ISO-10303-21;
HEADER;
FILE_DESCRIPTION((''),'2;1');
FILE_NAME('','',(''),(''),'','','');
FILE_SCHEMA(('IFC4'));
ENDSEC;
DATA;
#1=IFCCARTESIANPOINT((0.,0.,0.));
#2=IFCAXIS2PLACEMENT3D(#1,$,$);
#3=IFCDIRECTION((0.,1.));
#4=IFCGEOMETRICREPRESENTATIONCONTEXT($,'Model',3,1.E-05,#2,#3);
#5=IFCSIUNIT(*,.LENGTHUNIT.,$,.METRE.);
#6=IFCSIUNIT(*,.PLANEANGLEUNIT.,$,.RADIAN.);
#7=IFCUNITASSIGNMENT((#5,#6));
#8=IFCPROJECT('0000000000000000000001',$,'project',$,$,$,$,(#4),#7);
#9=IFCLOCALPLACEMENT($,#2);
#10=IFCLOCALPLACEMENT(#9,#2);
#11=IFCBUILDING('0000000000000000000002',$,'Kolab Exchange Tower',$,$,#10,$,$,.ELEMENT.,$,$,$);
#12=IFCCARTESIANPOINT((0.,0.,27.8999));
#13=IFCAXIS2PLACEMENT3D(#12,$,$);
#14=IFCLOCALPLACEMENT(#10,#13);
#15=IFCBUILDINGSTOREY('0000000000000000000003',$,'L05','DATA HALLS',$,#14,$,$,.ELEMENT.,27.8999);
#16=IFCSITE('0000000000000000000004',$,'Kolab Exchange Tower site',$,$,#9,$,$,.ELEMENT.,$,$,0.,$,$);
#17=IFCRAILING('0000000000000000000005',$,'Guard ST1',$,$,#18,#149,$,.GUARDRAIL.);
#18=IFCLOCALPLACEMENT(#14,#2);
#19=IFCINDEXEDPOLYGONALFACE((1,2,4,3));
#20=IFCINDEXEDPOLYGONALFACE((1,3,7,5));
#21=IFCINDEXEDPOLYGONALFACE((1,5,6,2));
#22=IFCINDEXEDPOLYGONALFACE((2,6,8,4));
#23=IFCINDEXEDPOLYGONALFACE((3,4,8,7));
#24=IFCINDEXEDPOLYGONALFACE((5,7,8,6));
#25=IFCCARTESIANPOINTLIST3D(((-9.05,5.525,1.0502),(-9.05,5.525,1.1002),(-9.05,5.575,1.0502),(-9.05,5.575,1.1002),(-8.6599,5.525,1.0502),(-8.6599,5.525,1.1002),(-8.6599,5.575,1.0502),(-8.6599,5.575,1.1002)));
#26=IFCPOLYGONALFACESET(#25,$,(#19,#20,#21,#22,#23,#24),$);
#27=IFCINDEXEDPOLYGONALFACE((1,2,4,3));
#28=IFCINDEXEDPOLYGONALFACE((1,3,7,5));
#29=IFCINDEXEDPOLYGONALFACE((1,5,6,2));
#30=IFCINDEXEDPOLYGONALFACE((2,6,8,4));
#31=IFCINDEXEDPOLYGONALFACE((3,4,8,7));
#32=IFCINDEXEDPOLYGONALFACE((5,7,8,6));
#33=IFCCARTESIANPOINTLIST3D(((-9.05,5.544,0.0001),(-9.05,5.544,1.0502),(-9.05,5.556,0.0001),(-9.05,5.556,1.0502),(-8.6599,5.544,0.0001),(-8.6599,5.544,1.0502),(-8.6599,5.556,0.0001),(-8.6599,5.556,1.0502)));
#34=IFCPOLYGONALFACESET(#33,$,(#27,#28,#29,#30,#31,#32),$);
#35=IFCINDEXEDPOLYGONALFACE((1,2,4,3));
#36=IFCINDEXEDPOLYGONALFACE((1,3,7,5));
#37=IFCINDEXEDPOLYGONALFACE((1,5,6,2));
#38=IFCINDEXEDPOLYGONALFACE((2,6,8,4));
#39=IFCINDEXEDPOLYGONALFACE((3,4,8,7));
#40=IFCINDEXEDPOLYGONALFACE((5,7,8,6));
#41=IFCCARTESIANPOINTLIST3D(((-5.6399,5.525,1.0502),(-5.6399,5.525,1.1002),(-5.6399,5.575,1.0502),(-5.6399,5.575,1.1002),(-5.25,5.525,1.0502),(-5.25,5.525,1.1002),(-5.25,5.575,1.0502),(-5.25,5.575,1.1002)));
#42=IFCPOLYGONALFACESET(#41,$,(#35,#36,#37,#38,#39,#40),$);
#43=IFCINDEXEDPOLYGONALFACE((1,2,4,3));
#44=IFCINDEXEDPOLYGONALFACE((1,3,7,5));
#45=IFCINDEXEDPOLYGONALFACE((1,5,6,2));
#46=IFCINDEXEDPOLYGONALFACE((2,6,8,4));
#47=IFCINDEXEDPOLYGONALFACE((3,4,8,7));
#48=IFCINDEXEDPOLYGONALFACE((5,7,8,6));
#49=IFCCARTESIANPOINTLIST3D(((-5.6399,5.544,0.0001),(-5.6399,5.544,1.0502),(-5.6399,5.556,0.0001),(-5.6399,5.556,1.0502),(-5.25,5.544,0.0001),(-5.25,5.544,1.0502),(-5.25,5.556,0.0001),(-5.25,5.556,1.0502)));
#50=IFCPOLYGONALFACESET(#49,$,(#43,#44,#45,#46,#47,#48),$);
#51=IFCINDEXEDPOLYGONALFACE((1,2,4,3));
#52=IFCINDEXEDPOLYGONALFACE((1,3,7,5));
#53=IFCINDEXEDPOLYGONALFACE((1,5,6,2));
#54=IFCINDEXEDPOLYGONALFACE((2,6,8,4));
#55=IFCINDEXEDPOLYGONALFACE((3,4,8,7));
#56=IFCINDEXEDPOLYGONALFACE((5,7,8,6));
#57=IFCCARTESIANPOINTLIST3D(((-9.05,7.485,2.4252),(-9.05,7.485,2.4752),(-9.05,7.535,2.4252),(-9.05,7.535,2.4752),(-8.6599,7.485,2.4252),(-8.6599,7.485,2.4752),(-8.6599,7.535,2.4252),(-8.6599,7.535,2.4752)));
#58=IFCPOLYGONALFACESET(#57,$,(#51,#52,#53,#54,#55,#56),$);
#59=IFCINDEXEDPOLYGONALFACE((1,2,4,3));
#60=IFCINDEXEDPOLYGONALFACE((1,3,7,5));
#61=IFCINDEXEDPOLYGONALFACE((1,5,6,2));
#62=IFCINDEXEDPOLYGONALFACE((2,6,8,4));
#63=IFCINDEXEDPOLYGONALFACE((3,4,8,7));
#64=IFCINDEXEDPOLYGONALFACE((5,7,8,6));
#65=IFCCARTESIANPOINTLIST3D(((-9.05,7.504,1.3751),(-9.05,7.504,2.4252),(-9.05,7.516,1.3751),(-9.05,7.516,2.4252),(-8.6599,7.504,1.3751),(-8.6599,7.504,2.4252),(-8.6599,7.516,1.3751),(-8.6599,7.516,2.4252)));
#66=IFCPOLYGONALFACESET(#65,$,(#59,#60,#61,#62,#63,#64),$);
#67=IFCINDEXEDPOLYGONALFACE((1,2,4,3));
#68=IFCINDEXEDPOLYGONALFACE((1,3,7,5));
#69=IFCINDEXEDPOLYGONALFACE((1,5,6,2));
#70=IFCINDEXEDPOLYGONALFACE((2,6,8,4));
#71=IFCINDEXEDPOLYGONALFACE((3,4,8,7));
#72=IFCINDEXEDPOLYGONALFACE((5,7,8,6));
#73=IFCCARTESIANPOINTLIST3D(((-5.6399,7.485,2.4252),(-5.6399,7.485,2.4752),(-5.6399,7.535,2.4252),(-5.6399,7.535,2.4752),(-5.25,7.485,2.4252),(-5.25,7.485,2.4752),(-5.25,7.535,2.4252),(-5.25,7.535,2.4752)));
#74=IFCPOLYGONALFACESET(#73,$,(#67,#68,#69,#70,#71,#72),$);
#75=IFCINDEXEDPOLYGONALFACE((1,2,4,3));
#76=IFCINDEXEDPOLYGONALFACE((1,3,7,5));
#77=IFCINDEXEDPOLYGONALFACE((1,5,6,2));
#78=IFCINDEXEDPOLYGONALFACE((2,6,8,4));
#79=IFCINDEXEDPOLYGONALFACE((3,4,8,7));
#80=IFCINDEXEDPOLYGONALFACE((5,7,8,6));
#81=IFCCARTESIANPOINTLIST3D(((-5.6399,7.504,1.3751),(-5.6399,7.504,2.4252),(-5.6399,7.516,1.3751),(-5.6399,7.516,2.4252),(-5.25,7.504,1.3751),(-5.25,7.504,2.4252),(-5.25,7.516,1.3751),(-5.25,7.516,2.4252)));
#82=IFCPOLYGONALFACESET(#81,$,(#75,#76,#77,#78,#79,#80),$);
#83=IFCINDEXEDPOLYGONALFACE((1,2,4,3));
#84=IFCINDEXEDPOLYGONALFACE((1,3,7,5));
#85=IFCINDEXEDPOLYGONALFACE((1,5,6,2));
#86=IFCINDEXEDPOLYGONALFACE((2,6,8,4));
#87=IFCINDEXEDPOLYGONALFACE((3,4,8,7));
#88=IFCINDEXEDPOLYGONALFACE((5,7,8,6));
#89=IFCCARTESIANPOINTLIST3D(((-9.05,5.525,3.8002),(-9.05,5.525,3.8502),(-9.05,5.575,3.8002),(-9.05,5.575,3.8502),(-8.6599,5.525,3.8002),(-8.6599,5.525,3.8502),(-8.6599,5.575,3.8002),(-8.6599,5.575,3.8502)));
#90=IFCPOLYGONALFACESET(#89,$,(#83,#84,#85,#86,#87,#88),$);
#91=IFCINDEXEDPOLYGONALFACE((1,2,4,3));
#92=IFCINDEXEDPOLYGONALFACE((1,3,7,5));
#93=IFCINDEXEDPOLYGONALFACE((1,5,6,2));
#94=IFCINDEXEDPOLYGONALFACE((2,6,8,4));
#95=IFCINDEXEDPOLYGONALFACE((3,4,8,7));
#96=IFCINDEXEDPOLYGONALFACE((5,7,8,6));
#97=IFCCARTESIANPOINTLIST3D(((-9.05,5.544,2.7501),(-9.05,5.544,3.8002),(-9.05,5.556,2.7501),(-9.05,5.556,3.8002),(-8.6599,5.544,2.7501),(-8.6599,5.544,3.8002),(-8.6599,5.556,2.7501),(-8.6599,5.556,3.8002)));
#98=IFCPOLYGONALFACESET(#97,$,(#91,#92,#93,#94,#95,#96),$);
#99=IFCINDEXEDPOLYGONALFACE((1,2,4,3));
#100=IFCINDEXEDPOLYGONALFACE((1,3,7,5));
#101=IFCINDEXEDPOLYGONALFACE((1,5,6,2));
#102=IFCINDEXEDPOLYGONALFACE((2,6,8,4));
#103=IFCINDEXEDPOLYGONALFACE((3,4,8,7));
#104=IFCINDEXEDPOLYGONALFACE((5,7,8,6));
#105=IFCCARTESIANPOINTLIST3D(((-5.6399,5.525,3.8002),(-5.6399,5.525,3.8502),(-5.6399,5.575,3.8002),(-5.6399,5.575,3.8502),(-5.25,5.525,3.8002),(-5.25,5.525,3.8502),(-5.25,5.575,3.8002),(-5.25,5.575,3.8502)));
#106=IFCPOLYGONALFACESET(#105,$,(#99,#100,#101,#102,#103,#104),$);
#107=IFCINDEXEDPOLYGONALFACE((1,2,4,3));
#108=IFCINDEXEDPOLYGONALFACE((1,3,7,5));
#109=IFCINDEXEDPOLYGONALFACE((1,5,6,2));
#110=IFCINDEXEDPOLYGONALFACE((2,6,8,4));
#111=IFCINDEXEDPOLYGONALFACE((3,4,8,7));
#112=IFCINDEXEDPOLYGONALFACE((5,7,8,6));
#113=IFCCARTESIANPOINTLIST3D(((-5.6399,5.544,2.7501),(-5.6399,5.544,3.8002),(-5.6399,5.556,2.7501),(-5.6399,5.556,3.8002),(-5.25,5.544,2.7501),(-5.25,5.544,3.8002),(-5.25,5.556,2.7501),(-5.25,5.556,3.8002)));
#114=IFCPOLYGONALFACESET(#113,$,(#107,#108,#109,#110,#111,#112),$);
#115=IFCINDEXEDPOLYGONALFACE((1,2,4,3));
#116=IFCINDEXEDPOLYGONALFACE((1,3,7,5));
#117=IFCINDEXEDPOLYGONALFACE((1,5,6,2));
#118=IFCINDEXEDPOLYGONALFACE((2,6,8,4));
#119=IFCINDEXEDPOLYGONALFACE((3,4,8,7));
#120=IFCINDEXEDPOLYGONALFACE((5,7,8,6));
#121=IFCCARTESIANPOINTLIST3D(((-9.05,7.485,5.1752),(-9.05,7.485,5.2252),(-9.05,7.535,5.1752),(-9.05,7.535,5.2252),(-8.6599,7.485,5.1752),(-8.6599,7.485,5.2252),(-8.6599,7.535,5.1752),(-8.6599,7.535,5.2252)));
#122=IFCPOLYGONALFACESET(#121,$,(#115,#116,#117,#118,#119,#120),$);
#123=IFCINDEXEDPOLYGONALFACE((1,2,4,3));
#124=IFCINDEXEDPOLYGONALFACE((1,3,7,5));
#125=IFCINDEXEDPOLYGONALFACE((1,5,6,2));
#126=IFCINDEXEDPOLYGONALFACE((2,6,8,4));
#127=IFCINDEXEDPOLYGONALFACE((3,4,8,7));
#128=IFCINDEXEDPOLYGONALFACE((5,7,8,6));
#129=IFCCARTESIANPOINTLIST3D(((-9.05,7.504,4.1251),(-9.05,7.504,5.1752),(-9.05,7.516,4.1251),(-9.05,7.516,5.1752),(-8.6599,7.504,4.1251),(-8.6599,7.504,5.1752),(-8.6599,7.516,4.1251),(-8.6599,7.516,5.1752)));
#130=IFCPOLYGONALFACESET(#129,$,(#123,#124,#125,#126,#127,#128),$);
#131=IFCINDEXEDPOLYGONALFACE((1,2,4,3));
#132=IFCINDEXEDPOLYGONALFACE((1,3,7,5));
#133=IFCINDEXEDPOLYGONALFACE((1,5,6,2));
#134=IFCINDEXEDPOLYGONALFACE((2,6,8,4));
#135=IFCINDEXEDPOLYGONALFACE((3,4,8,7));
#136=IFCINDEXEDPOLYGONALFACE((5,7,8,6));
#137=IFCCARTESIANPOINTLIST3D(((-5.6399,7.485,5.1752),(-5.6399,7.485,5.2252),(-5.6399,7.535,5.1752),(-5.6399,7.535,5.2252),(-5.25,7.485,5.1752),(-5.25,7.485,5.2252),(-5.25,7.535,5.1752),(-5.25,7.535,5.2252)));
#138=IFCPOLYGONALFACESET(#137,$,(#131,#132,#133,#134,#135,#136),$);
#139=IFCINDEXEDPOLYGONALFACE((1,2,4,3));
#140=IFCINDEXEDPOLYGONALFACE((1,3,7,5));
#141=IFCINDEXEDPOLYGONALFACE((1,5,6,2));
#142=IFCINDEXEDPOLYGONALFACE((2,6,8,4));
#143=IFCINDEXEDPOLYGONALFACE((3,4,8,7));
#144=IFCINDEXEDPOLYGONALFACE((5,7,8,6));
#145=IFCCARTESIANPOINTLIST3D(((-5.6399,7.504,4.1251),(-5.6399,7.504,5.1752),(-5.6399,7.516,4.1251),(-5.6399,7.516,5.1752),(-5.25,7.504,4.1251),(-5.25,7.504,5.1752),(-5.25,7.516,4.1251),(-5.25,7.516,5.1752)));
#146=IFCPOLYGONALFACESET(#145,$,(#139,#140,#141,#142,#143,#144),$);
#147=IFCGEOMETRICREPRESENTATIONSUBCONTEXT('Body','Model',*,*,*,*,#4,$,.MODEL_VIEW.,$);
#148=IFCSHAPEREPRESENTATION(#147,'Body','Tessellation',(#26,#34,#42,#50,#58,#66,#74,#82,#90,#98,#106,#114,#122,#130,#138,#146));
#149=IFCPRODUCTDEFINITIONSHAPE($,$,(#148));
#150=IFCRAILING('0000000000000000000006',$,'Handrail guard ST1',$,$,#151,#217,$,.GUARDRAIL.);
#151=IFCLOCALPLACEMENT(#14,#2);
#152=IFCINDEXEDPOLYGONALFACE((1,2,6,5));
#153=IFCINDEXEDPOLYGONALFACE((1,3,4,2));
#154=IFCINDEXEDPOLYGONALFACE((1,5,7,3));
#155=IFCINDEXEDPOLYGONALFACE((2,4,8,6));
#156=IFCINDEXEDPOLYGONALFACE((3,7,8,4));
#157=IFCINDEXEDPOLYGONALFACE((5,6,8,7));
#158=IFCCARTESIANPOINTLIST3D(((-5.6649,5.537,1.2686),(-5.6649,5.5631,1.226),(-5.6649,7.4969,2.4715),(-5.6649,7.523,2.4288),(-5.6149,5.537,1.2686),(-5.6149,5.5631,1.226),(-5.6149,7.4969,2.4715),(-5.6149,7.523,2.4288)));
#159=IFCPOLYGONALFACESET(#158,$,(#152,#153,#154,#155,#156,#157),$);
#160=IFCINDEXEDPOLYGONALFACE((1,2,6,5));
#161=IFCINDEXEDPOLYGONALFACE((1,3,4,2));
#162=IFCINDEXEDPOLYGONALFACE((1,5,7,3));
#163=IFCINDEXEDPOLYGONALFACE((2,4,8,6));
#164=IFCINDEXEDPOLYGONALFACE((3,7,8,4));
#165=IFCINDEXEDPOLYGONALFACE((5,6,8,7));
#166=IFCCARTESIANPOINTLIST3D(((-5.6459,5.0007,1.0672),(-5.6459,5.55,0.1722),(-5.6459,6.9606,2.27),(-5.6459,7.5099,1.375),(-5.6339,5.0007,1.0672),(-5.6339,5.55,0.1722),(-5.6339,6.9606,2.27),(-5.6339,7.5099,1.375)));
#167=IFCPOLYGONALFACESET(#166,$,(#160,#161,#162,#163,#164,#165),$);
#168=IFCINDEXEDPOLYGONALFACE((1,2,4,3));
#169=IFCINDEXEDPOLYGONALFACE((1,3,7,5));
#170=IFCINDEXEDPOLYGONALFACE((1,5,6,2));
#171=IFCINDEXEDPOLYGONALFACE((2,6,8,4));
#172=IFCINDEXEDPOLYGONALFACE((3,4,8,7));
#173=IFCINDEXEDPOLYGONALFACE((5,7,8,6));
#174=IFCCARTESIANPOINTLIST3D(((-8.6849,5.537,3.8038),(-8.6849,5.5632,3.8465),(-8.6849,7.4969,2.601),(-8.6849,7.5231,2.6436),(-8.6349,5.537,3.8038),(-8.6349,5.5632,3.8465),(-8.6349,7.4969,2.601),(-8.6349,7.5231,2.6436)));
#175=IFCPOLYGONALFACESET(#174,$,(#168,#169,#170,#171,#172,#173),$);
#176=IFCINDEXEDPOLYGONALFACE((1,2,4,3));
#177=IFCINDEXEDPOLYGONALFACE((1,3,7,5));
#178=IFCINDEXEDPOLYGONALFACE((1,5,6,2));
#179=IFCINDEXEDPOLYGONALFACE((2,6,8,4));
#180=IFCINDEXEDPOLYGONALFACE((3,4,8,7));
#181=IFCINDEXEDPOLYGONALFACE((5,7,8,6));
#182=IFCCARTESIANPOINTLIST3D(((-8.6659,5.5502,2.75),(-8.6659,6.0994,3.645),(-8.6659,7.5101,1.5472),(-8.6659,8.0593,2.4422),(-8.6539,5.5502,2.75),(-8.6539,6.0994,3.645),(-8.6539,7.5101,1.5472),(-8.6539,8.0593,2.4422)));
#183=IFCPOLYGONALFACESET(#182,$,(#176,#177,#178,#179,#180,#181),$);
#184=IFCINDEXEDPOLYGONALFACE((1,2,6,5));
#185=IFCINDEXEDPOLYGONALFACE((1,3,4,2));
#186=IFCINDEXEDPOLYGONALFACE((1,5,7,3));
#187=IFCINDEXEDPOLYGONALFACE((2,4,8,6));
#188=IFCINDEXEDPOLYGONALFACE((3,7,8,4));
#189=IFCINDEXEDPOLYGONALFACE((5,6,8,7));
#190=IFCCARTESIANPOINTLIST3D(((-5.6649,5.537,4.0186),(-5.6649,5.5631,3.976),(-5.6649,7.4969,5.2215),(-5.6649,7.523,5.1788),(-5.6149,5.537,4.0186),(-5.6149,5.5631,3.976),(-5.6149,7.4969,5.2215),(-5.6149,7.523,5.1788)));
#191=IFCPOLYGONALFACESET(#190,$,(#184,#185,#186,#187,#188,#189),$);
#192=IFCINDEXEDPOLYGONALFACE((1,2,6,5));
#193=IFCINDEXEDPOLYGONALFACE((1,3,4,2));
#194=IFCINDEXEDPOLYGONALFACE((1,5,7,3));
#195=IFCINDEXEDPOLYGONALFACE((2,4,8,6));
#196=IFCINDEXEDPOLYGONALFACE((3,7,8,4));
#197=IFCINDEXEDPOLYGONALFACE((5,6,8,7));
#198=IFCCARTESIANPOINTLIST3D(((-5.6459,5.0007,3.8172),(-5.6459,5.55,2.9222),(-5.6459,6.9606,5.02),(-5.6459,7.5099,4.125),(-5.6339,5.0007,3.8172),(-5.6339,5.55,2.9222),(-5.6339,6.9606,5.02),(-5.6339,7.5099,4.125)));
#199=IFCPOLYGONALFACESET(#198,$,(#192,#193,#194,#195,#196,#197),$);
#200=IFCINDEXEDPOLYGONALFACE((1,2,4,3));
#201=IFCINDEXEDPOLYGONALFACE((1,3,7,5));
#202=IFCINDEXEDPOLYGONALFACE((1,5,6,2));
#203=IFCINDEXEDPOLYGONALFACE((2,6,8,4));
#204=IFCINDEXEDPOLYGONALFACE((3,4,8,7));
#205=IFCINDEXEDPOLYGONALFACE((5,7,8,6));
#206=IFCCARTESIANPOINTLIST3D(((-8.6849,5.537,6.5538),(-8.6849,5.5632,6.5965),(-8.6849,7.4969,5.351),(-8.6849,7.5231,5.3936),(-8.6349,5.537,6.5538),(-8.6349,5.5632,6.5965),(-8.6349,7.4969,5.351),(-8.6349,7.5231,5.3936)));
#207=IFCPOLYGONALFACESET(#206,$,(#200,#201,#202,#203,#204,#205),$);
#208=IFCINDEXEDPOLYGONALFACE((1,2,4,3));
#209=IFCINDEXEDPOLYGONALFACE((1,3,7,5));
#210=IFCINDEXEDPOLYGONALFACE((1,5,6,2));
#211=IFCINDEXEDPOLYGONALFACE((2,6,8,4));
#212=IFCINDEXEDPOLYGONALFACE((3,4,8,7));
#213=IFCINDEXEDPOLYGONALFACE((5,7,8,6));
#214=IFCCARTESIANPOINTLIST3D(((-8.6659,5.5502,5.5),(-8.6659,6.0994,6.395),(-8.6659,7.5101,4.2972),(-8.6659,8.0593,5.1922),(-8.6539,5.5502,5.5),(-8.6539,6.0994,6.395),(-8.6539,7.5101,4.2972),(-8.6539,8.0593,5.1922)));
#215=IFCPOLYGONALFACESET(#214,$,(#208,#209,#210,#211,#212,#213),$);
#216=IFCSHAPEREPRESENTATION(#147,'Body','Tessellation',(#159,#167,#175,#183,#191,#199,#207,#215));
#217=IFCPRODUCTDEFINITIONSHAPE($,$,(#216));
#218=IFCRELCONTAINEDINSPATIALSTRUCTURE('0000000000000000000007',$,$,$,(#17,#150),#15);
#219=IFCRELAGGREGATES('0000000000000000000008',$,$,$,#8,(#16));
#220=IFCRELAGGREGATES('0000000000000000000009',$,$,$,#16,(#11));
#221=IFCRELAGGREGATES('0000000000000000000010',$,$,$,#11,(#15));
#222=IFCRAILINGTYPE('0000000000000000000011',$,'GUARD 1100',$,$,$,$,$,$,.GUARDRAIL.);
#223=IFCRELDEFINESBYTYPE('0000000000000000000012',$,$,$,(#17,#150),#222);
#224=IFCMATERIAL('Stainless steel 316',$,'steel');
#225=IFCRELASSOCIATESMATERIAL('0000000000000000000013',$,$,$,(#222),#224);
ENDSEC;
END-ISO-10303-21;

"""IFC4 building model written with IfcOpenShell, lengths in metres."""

from ifc_helpers import new_model, si_unit, direction, frame, frame_2d, origin, origin_2d, place, context, subcontext, project, spatial, rectangle, extrude, material, type_object, element, save


model = new_model("IFC4")

# Units and contexts
model_context = context("Model", 3, precision=1e-05, world=origin(), true_north=direction((0.0, 1.0)))
body_context = subcontext(model_context, "Body", "Model", "MODEL_VIEW")
ifc_project = project(units=[si_unit("LENGTHUNIT", "METRE"), si_unit("PLANEANGLEUNIT", "RADIAN")], contexts=[model_context])

# Site, building, storey
site_placement = place(None, origin())
site = spatial("IfcSite", under=ifc_project, at=site_placement, Name="Kolab Exchange Tower site", CompositionType="ELEMENT", RefElevation=0.0)
building_placement = place(site_placement, origin())
building = spatial("IfcBuilding", under=site, at=building_placement, Name="Kolab Exchange Tower", CompositionType="ELEMENT")
storey_placement = place(building_placement, frame((0.0, 0.0, 27.8999)))
storey = spatial("IfcBuildingStorey", under=building, at=storey_placement, Name="L05", Description="DATA HALLS", CompositionType="ELEMENT", Elevation=27.8999)

# Railings
ifc_material_1 = material(Name="Stainless steel 316", Category="steel")
railing_type = type_object("IfcRailingType", Name="GUARD 1100", PredefinedType="GUARDRAIL", material=ifc_material_1)
railing_1_placement = place(storey_placement, frame((-9.05, 5.55, 0.0)))
element("IfcRailing", 1, at=railing_1_placement, inside=storey, type_object=railing_type, Name="Guard ST1", PredefinedType="GUARDRAIL", context=body_context, shape_type="SweptSolid", body=[
    extrude(rectangle(XDim=0.05, YDim=0.05, at=origin_2d()), frame((0.0, 0.0, 1.0752), z_axis=(1.0, 0.0, 0.0), x_axis=(0.0, 1.0, 0.0)), (0.0, 0.0, 1.0), 0.3901),
    extrude(rectangle(XDim=0.012, YDim=1.0501, at=frame_2d((0.0, 0.5251))), frame((0.0, 0.0, 0.0), z_axis=(1.0, 0.0, 0.0), x_axis=(0.0, 1.0, 0.0)), (0.0, 0.0, 1.0), 0.3901),
    extrude(rectangle(XDim=0.05, YDim=0.05, at=origin_2d()), frame((3.4102, 0.0, 1.0752), z_axis=(1.0, 0.0, 0.0), x_axis=(0.0, 1.0, 0.0)), (0.0, 0.0, 1.0), 0.3899),
    extrude(rectangle(XDim=0.012, YDim=1.0501, at=frame_2d((0.0, 0.5251))), frame((3.4102, 0.0, 0.0), z_axis=(1.0, 0.0, 0.0), x_axis=(0.0, 1.0, 0.0)), (0.0, 0.0, 1.0), 0.3899),
    extrude(rectangle(XDim=0.05, YDim=0.05, at=origin_2d()), frame((0.0, 1.96, 2.4502), z_axis=(1.0, 0.0, 0.0), x_axis=(0.0, 1.0, 0.0)), (0.0, 0.0, 1.0), 0.3901),
    extrude(rectangle(XDim=0.012, YDim=1.0501, at=frame_2d((0.0, 0.5251))), frame((0.0, 1.96, 1.375), z_axis=(1.0, 0.0, 0.0), x_axis=(0.0, 1.0, 0.0)), (0.0, 0.0, 1.0), 0.3901),
    extrude(rectangle(XDim=0.05, YDim=0.05, at=origin_2d()), frame((3.4102, 1.96, 2.4502), z_axis=(1.0, 0.0, 0.0), x_axis=(0.0, 1.0, 0.0)), (0.0, 0.0, 1.0), 0.3899),
    extrude(rectangle(XDim=0.012, YDim=1.0501, at=frame_2d((0.0, 0.5251))), frame((3.4102, 1.96, 1.375), z_axis=(1.0, 0.0, 0.0), x_axis=(0.0, 1.0, 0.0)), (0.0, 0.0, 1.0), 0.3899),
    extrude(rectangle(XDim=0.05, YDim=0.05, at=origin_2d()), frame((0.0, 0.0, 3.8252), z_axis=(1.0, 0.0, 0.0), x_axis=(0.0, 1.0, 0.0)), (0.0, 0.0, 1.0), 0.3901),
    extrude(rectangle(XDim=0.012, YDim=1.0501, at=frame_2d((0.0, 0.5251))), frame((0.0, 0.0, 2.75), z_axis=(1.0, 0.0, 0.0), x_axis=(0.0, 1.0, 0.0)), (0.0, 0.0, 1.0), 0.3901),
    extrude(rectangle(XDim=0.05, YDim=0.05, at=origin_2d()), frame((3.4102, 0.0, 3.8252), z_axis=(1.0, 0.0, 0.0), x_axis=(0.0, 1.0, 0.0)), (0.0, 0.0, 1.0), 0.3899),
    extrude(rectangle(XDim=0.012, YDim=1.0501, at=frame_2d((0.0, 0.5251))), frame((3.4102, 0.0, 2.75), z_axis=(1.0, 0.0, 0.0), x_axis=(0.0, 1.0, 0.0)), (0.0, 0.0, 1.0), 0.3899),
    extrude(rectangle(XDim=0.05, YDim=0.05, at=origin_2d()), frame((0.0, 1.96, 5.2002), z_axis=(1.0, 0.0, 0.0), x_axis=(0.0, 1.0, 0.0)), (0.0, 0.0, 1.0), 0.3901),
    extrude(rectangle(XDim=0.012, YDim=1.0501, at=frame_2d((0.0, 0.5251))), frame((0.0, 1.96, 4.125), z_axis=(1.0, 0.0, 0.0), x_axis=(0.0, 1.0, 0.0)), (0.0, 0.0, 1.0), 0.3901),
    extrude(rectangle(XDim=0.05, YDim=0.05, at=origin_2d()), frame((3.4102, 1.96, 5.2002), z_axis=(1.0, 0.0, 0.0), x_axis=(0.0, 1.0, 0.0)), (0.0, 0.0, 1.0), 0.3899),
    extrude(rectangle(XDim=0.012, YDim=1.0501, at=frame_2d((0.0, 0.5251))), frame((3.4102, 1.96, 4.125), z_axis=(1.0, 0.0, 0.0), x_axis=(0.0, 1.0, 0.0)), (0.0, 0.0, 1.0), 0.3899),
])
railing_2_placement = place(storey_placement, frame((-5.6399, 5.55, 0.1721)))
element("IfcRailing", 2, at=railing_2_placement, inside=storey, type_object=railing_type, Name="Handrail guard ST1", PredefinedType="GUARDRAIL", context=body_context, shape_type="SweptSolid", body=[
    extrude(rectangle(XDim=0.05, YDim=0.05, at=origin_2d()), frame((0.0, 0.0, 1.0752), z_axis=(0.0, 0.852288, 0.523072), x_axis=(-1.0, 0.0, 0.0)), (0.0, 0.0, 1.0), 2.2996),
    extrude(rectangle(XDim=0.012, YDim=1.0501, at=frame_2d((0.0, 0.5251))), frame((0.0, 0.0, 0.0), z_axis=(0.0, 0.852288, 0.523072), x_axis=(-1.0, 0.0, 0.0)), (0.0, 0.0, 1.0), 2.2996),
    extrude(rectangle(XDim=0.05, YDim=0.05, at=origin_2d()), frame((-3.02, 1.96, 2.4502), z_axis=(0.0, -0.852288, 0.523072), x_axis=(1.0, 0.0, 0.0)), (0.0, 0.0, 1.0), 2.2996),
    extrude(rectangle(XDim=0.012, YDim=1.0501, at=frame_2d((0.0, 0.5251))), frame((-3.02, 1.96, 1.375), z_axis=(0.0, -0.852288, 0.523072), x_axis=(1.0, 0.0, 0.0)), (0.0, 0.0, 1.0), 2.2996),
    extrude(rectangle(XDim=0.05, YDim=0.05, at=origin_2d()), frame((0.0, 0.0, 3.8252), z_axis=(0.0, 0.852288, 0.523072), x_axis=(-1.0, 0.0, 0.0)), (0.0, 0.0, 1.0), 2.2996),
    extrude(rectangle(XDim=0.012, YDim=1.0501, at=frame_2d((0.0, 0.5251))), frame((0.0, 0.0, 2.75), z_axis=(0.0, 0.852288, 0.523072), x_axis=(-1.0, 0.0, 0.0)), (0.0, 0.0, 1.0), 2.2996),
    extrude(rectangle(XDim=0.05, YDim=0.05, at=origin_2d()), frame((-3.02, 1.96, 5.2002), z_axis=(0.0, -0.852288, 0.523072), x_axis=(1.0, 0.0, 0.0)), (0.0, 0.0, 1.0), 2.2996),
    extrude(rectangle(XDim=0.012, YDim=1.0501, at=frame_2d((0.0, 0.5251))), frame((-3.02, 1.96, 4.125), z_axis=(0.0, -0.852288, 0.523072), x_axis=(1.0, 0.0, 0.0)), (0.0, 0.0, 1.0), 2.2996),
])

save(model, "model.ifc")
